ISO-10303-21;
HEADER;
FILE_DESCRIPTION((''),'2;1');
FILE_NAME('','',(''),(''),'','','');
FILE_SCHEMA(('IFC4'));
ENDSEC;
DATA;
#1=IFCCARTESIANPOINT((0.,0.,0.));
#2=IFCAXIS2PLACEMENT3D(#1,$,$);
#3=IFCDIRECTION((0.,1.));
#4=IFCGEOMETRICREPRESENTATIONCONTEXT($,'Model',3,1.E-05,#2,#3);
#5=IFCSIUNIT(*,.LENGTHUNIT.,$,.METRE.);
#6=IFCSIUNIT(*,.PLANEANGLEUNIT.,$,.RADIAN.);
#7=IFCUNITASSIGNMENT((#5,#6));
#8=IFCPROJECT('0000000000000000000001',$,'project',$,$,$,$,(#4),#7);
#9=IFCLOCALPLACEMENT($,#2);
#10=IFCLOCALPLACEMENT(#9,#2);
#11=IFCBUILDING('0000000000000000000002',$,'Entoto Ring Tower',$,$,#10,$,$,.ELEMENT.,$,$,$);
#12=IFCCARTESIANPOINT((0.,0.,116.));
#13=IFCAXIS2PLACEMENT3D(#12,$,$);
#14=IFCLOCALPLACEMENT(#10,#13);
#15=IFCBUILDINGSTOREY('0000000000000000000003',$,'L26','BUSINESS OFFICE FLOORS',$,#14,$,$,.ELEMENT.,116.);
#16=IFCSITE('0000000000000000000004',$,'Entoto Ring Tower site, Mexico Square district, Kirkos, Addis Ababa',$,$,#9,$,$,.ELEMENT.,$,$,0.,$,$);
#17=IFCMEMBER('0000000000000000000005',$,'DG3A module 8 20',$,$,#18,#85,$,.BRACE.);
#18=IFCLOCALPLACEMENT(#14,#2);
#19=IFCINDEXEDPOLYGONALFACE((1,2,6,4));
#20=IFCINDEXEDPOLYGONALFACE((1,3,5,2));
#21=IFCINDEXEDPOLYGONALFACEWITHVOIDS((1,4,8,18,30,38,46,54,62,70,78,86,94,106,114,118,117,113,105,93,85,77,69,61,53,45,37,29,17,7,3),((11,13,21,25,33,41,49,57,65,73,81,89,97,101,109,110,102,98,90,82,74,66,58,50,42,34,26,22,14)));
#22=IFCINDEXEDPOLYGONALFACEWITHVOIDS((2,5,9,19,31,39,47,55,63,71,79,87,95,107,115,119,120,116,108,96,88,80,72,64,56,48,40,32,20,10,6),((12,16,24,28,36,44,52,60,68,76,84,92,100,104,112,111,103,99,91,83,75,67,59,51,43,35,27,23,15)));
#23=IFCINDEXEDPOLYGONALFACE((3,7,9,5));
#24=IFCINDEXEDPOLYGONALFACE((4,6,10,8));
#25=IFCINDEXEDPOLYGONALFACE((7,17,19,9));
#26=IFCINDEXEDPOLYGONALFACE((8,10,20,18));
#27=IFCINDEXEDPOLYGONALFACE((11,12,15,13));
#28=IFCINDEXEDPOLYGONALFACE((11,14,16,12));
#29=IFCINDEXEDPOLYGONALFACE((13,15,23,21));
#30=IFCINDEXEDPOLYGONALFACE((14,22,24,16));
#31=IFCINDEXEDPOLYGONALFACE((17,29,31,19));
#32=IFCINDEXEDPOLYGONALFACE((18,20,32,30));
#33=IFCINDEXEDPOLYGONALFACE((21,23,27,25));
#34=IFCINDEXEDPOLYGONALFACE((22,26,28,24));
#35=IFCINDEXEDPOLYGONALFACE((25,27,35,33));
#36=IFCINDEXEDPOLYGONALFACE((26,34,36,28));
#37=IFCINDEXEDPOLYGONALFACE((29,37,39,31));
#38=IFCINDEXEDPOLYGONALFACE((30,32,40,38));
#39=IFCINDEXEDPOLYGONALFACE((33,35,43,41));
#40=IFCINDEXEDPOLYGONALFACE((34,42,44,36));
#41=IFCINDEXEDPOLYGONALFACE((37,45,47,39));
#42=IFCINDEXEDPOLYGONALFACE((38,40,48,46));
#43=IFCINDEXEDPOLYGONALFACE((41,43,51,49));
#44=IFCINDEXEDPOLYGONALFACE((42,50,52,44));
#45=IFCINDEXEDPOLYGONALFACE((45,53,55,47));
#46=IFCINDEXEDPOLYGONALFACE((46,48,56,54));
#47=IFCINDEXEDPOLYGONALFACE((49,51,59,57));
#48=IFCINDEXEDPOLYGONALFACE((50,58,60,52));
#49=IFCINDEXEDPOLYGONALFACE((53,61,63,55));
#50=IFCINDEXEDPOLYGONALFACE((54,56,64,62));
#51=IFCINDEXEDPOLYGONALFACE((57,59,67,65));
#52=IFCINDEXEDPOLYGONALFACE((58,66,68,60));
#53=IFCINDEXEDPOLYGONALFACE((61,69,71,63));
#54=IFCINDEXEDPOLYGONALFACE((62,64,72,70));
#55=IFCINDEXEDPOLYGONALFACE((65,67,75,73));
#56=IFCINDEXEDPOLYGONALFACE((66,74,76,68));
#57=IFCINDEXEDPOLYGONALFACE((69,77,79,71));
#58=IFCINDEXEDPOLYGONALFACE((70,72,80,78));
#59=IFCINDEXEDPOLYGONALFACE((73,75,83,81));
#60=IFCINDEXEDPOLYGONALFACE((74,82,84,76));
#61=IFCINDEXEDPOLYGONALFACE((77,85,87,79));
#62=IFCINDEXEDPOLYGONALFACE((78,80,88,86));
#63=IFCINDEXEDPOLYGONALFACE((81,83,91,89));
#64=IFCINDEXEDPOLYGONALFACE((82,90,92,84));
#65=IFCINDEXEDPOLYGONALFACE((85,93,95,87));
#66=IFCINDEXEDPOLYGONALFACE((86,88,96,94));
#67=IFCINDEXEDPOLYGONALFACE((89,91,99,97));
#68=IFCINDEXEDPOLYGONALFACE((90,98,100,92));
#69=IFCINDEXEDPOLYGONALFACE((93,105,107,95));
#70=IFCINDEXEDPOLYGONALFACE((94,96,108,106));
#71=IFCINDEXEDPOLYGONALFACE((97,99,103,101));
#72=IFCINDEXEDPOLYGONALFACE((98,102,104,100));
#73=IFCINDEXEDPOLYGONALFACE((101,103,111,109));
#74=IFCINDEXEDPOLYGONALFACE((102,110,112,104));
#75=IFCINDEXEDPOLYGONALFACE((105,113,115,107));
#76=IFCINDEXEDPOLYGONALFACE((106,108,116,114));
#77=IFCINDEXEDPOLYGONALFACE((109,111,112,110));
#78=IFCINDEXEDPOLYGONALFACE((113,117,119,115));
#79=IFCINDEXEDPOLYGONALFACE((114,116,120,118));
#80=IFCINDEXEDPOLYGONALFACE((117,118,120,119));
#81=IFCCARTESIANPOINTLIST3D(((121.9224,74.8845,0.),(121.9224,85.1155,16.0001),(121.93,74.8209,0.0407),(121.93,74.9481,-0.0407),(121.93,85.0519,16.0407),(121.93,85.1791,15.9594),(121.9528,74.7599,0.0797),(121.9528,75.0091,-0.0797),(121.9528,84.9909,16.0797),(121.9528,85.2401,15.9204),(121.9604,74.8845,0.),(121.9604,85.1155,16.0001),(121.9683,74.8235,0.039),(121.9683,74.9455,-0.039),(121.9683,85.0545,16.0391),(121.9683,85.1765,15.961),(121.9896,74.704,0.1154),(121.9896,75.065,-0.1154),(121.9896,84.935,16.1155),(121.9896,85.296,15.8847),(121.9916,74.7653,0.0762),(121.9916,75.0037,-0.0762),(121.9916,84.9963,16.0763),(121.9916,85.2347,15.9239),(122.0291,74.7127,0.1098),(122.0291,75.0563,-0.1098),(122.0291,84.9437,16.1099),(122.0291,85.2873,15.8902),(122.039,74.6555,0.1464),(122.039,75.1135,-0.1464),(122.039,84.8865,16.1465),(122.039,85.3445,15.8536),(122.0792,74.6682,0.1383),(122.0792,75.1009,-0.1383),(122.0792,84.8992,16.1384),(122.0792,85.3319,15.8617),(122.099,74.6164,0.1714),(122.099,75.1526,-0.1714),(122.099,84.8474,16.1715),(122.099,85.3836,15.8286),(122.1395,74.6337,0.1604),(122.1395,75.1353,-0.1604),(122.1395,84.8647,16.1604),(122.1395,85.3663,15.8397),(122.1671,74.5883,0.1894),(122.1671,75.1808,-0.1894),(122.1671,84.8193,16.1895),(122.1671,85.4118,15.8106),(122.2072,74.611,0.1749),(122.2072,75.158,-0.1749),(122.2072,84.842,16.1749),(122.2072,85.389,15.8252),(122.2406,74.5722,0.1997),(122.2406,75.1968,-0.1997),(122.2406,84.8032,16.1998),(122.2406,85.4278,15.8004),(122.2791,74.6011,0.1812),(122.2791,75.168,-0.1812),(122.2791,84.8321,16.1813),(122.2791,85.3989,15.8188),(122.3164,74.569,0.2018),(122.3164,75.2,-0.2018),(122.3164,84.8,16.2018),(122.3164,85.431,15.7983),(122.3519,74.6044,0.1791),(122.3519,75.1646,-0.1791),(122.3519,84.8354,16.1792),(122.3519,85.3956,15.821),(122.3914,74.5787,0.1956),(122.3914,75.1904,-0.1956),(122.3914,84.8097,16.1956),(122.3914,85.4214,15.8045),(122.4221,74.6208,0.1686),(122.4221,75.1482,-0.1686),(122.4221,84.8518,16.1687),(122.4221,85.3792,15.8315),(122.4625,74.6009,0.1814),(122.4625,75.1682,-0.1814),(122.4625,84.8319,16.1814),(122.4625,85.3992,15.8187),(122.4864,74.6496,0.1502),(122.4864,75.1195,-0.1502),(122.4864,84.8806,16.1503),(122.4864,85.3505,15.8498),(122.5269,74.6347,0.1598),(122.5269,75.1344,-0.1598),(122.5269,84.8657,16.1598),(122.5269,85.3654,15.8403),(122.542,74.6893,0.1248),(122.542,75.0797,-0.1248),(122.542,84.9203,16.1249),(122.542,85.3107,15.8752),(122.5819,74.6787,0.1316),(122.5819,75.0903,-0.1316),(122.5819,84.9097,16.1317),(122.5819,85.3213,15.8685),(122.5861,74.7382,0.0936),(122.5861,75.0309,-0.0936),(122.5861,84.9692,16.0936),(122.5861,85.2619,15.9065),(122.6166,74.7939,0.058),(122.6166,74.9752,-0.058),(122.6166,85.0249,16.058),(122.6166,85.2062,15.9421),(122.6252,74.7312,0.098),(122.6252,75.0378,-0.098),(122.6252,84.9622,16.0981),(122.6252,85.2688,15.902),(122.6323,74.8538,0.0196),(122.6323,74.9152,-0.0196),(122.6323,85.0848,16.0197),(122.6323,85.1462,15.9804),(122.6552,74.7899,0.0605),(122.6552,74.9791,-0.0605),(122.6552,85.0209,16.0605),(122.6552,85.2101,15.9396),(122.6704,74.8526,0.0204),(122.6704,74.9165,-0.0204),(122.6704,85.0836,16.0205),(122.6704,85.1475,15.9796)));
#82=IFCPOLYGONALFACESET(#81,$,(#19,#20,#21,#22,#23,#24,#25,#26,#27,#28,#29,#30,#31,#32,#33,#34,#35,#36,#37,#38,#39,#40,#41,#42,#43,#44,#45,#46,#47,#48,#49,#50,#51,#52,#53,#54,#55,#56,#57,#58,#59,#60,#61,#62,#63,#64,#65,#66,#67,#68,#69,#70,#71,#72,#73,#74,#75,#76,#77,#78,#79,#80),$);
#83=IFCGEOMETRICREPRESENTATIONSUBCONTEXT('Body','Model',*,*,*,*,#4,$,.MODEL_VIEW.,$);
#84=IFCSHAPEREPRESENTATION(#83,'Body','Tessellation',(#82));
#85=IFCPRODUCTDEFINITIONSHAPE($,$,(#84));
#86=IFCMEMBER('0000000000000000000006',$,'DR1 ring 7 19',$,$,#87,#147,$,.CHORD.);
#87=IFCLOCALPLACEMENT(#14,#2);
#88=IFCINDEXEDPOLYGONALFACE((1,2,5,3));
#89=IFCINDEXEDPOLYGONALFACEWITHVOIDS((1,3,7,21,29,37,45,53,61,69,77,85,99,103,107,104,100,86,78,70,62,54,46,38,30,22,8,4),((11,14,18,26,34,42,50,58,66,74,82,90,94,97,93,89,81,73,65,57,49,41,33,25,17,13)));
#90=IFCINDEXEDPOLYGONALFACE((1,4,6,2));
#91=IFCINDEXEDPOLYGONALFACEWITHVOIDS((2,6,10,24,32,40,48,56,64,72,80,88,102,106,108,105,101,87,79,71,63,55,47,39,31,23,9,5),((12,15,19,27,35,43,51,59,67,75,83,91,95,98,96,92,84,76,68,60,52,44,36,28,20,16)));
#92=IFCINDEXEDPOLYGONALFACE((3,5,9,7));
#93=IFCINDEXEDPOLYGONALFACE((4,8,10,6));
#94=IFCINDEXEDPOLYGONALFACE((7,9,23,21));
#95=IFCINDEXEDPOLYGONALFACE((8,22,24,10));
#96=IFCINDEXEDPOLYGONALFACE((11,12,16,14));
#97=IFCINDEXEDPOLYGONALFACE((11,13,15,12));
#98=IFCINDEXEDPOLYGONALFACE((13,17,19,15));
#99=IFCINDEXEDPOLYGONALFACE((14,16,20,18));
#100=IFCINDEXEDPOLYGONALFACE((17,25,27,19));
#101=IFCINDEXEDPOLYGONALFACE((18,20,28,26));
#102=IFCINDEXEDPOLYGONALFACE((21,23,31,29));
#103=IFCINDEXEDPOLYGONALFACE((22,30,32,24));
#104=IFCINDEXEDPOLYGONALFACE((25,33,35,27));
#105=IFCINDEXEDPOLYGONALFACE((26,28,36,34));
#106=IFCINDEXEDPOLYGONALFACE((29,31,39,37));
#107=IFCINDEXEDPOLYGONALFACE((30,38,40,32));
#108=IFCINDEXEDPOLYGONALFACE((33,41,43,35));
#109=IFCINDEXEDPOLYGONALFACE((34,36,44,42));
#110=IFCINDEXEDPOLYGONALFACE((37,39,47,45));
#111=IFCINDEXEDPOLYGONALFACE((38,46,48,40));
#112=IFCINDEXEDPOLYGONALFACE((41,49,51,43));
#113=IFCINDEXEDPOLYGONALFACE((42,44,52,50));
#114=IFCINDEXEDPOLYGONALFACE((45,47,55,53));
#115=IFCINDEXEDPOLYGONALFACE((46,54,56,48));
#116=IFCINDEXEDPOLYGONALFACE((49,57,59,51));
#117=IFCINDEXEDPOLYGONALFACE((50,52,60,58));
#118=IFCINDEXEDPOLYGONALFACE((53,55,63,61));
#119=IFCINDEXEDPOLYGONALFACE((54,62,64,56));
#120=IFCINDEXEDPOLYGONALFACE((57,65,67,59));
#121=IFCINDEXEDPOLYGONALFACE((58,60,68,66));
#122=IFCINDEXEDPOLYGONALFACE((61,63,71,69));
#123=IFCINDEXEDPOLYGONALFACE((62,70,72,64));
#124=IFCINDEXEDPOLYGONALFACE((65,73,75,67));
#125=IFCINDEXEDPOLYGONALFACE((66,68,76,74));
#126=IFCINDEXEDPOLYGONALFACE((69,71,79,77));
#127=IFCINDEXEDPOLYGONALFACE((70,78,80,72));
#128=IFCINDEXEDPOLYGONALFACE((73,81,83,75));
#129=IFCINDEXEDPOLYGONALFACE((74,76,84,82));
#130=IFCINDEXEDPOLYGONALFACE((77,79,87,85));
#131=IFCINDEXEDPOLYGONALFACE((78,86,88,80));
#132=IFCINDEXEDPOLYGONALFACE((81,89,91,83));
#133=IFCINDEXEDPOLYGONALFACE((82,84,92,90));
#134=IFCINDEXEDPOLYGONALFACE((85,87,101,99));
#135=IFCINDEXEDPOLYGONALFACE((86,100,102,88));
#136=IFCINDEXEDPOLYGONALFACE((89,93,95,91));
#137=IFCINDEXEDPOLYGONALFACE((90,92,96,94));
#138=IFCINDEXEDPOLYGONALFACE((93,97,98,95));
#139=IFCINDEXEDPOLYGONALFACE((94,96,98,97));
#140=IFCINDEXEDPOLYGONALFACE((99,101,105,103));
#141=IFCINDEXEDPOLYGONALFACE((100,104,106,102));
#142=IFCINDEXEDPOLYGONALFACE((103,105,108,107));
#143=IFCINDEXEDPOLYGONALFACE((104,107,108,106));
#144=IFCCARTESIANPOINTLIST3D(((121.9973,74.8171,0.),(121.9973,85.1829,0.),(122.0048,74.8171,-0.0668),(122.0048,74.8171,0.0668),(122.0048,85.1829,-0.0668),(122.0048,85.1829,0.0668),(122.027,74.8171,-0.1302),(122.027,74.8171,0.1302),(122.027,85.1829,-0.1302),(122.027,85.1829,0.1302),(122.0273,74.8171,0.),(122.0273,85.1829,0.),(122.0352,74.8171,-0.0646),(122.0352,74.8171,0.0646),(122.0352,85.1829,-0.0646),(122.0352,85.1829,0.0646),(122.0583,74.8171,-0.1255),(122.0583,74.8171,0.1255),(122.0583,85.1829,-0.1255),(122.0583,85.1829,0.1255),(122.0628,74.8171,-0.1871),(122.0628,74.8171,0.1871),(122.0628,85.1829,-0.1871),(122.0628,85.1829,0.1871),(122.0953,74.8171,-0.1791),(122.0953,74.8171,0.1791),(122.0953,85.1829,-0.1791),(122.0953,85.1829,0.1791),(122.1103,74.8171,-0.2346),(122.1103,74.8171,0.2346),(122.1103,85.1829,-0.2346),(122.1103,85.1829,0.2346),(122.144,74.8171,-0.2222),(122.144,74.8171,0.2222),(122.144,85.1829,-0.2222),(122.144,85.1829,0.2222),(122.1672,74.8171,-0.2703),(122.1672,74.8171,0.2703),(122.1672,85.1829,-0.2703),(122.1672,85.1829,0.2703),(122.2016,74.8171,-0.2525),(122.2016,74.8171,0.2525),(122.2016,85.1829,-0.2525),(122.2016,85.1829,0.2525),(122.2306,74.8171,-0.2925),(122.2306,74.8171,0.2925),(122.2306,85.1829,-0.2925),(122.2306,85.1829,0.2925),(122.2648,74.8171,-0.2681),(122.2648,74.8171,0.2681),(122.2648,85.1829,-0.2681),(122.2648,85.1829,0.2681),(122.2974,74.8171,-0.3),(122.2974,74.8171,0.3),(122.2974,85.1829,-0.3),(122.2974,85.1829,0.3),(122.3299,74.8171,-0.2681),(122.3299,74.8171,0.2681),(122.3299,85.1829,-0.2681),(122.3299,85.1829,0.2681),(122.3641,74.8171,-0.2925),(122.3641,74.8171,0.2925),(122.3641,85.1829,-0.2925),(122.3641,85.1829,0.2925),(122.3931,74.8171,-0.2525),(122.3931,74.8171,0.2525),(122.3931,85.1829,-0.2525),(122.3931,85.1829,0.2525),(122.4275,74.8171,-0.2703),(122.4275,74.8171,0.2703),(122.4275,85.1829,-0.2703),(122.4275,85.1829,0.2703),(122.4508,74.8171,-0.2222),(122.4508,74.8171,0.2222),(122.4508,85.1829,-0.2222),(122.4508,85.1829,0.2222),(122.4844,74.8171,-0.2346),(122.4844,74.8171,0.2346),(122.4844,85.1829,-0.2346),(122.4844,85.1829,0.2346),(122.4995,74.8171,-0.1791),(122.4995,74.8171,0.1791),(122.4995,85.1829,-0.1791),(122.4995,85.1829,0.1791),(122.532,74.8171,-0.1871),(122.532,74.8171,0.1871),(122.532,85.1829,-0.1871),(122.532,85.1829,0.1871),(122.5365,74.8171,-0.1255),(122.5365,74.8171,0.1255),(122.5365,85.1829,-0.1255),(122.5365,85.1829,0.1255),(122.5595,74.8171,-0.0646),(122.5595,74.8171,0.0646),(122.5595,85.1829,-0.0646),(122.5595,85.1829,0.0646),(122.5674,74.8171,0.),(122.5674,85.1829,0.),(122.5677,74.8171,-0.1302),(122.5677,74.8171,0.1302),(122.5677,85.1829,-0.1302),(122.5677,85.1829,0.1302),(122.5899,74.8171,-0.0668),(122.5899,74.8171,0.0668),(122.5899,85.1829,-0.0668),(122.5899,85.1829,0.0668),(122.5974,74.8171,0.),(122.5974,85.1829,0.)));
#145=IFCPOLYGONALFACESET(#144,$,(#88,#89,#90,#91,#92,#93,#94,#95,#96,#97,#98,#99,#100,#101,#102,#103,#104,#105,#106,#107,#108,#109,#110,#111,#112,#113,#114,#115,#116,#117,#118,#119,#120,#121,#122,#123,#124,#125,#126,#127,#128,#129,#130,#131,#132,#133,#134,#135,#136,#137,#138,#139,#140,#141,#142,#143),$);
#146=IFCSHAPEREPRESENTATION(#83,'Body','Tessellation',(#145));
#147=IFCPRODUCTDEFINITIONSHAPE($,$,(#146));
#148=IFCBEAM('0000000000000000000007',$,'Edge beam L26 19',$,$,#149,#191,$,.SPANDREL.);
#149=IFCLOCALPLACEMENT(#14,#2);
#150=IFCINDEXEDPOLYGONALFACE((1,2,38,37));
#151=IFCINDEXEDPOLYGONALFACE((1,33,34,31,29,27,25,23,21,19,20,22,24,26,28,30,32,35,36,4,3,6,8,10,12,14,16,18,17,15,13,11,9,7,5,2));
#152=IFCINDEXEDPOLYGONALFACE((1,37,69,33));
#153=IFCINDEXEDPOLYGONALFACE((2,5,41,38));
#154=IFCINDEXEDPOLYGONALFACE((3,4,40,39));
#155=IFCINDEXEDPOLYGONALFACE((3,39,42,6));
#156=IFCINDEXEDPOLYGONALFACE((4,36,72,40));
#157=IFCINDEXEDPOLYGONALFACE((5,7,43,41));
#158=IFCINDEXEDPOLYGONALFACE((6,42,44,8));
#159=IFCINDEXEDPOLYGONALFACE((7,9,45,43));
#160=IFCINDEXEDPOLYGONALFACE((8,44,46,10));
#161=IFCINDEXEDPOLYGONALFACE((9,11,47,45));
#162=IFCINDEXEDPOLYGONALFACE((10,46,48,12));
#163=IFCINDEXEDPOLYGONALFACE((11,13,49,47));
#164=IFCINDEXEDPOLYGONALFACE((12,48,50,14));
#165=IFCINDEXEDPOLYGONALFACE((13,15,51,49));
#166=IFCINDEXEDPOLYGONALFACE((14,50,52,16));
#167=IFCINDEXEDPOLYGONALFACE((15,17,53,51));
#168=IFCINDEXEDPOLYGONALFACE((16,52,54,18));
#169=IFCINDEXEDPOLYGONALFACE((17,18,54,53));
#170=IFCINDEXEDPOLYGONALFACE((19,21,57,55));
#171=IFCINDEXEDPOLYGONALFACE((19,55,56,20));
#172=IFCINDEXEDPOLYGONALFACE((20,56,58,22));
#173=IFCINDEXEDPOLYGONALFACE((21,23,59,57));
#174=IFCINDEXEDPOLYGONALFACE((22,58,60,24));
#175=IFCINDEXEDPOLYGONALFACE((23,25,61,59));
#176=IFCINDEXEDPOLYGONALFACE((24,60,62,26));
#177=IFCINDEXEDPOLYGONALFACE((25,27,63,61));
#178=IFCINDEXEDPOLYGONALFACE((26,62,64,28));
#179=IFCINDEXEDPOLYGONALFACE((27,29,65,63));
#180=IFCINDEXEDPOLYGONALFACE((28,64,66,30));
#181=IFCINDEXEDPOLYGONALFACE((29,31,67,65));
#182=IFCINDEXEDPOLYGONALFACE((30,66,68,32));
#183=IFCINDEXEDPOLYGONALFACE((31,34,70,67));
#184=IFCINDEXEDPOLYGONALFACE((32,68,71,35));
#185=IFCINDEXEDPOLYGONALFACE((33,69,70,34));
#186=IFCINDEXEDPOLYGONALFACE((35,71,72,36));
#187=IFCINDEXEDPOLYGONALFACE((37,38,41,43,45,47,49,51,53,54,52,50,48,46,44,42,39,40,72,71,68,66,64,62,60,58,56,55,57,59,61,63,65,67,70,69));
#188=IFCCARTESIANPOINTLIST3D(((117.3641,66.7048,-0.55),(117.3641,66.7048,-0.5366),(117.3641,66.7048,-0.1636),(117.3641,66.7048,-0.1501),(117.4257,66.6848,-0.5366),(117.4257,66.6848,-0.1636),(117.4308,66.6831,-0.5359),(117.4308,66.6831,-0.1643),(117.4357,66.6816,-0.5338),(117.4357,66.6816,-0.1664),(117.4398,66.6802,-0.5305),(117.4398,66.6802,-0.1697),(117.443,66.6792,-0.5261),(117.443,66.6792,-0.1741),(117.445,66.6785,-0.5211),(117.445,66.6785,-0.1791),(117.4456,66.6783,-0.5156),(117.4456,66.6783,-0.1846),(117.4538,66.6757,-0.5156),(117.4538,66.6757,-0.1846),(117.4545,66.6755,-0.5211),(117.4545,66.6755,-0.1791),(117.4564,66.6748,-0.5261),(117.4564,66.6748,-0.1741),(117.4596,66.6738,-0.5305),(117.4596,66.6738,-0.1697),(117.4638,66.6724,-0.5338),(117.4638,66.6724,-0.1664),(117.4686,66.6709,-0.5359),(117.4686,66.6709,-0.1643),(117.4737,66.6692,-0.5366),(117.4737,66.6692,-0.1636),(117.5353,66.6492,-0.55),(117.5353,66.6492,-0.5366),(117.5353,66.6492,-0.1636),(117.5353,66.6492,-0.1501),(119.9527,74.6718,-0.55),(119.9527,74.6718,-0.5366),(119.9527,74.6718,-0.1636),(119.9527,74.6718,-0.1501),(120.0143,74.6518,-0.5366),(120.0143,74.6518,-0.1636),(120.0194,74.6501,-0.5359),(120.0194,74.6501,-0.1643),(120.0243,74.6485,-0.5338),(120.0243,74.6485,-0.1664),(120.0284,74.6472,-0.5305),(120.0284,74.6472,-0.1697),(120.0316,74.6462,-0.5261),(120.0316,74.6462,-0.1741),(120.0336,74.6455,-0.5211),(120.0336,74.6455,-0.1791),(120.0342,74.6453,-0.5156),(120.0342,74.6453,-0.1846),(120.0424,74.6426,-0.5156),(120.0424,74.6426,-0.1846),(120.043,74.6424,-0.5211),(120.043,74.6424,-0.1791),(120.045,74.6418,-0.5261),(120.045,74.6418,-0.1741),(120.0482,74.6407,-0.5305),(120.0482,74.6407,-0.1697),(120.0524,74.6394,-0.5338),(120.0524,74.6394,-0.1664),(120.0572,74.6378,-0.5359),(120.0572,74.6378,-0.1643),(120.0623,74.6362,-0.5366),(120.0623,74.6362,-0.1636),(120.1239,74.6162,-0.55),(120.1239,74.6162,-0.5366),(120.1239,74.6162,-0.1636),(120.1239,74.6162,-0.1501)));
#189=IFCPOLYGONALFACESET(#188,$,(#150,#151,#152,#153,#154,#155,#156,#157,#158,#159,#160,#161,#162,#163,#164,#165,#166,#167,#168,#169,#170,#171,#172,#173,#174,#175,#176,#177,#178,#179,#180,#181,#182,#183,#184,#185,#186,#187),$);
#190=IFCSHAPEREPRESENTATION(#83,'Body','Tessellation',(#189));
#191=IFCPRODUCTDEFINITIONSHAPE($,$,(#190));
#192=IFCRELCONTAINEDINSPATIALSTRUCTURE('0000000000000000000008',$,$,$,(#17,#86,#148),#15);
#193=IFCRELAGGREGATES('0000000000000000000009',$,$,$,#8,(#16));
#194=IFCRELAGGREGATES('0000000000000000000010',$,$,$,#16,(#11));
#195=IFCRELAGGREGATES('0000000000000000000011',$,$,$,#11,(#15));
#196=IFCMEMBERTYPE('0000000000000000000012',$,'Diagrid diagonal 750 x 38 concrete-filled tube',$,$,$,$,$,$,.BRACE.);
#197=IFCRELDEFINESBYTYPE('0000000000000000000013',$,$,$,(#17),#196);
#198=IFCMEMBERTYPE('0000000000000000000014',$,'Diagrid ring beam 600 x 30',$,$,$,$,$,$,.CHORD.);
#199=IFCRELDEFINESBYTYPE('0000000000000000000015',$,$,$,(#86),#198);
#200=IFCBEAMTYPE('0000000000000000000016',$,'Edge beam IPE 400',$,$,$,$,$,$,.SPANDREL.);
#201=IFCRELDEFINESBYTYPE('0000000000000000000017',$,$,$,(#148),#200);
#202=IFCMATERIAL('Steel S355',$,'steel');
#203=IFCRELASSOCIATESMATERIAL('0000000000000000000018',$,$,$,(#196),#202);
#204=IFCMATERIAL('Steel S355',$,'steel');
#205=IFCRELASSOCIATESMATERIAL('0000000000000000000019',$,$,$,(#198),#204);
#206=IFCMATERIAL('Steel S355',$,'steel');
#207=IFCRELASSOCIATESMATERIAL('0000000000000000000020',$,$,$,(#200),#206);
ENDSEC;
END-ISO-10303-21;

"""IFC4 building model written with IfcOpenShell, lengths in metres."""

from ifc_helpers import new_model, si_unit, direction, frame, origin, origin_2d, place, context, subcontext, project, spatial, circle, hollow_circle, i_section, extrude, material, material_profile, profile_set, type_object, element, save


model = new_model("IFC4")

# Units and contexts
model_context = context("Model", 3, precision=1e-05, world=origin(), true_north=direction((0.0, 1.0)))
body_context = subcontext(model_context, "Body", "Model", "MODEL_VIEW")
ifc_project = project(units=[si_unit("LENGTHUNIT", "METRE"), si_unit("PLANEANGLEUNIT", "RADIAN")], contexts=[model_context])

# Site, building, storey
site_placement = place(None, origin())
site = spatial("IfcSite", under=ifc_project, at=site_placement, Name="Entoto Ring Tower site, Mexico Square district, Kirkos, Addis Ababa", CompositionType="ELEMENT", RefElevation=0.0)
building_placement = place(site_placement, origin())
building = spatial("IfcBuilding", under=site, at=building_placement, Name="Entoto Ring Tower", CompositionType="ELEMENT")
storey_placement = place(building_placement, frame((0.0, 0.0, 116.0)))
storey = spatial("IfcBuildingStorey", under=building, at=storey_placement, Name="L26", Description="BUSINESS OFFICE FLOORS", CompositionType="ELEMENT", Elevation=116.0)

# Members
ifc_material_1 = material(Name="Steel S355", Category="steel")
ifc_material_profile_1 = material_profile(ifc_material_1, hollow_circle(Radius=0.375, WallThickness=0.0381, at=origin_2d()), Name="CHS 750 x 38")
ifc_material_2 = material(Name="Concrete C60/75", Category="concrete")
ifc_material_profile_2 = material_profile(ifc_material_2, circle(Radius=0.3369, at=origin_2d()), Name="Concrete C60/75 infill")
ifc_profile_set_1 = profile_set([ifc_material_profile_1, ifc_material_profile_2], Name="Steel S355")
member_type_1 = type_object("IfcMemberType", Name="Diagrid diagonal 750 x 38 concrete-filled tube", PredefinedType="BRACE", material=ifc_profile_set_1)
member_1_placement = place(storey_placement, frame((122.2974, 74.8845, 0.0), z_axis=(0.0, 0.538716, 0.842488), x_axis=(-1.0, 0.0, 0.0)))
element("IfcMember", 1, at=member_1_placement, inside=storey, type_object=member_type_1, Name="DG3A module 8 20", PredefinedType="BRACE", context=body_context, shape_type="SweptSolid", body=[
    extrude(hollow_circle(Radius=0.375, WallThickness=0.0381, at=origin_2d()), origin(), (0.0, 0.0, 1.0), 18.9915),
])
ifc_material_3 = material(Name="Steel S355", Category="steel")
ifc_material_profile_3 = material_profile(ifc_material_3, hollow_circle(Radius=0.3, WallThickness=0.03, at=origin_2d()), Name="CHS 600 x 30")
ifc_material_4 = material(Name="Concrete C60/75", Category="concrete")
ifc_material_profile_4 = material_profile(ifc_material_4, circle(Radius=0.27, at=origin_2d()), Name="Concrete C60/75 infill")
ifc_profile_set_2 = profile_set([ifc_material_profile_3, ifc_material_profile_4], Name="Steel S355")
member_type_2 = type_object("IfcMemberType", Name="Diagrid ring beam 600 x 30", PredefinedType="CHORD", material=ifc_profile_set_2)
member_2_placement = place(storey_placement, frame((122.2974, 74.8171, 0.0), z_axis=(0.0, 1.0, 0.0), x_axis=(-1.0, 0.0, 0.0)))
element("IfcMember", 2, at=member_2_placement, inside=storey, type_object=member_type_2, Name="DR1 ring 7 19", PredefinedType="CHORD", context=body_context, shape_type="SweptSolid", body=[
    extrude(hollow_circle(Radius=0.3, WallThickness=0.03, at=origin_2d()), origin(), (0.0, 0.0, 1.0), 10.3657),
])

# Beam
ifc_material_5 = material(Name="Steel S355", Category="steel")
ifc_material_profile_5 = material_profile(ifc_material_5, i_section(OverallWidth=0.1799, OverallDepth=0.3999, WebThickness=0.0085, FlangeThickness=0.0134, FilletRadius=0.021, at=origin_2d()), Name="IPE 400")
ifc_profile_set_3 = profile_set([ifc_material_profile_5], Name="Steel S355")
beam_type_1 = type_object("IfcBeamType", Name="Edge beam IPE 400", PredefinedType="SPANDREL", material=ifc_profile_set_3)
for number, where, z_axis, x_axis, name in (
    (3, (117.4497, 66.677, -0.3501), (0.309014, 0.951057, 0.0), (-0.951057, 0.309014, 0.0), "Edge beam L26 19"),
):
    element("IfcBeam", number, at=place(storey_placement, frame(where, z_axis=z_axis, x_axis=x_axis)), inside=storey, type_object=beam_type_1, Name=name, PredefinedType="SPANDREL", context=body_context, shape_type="SweptSolid", body=[
        extrude(i_section(OverallWidth=0.1799, OverallDepth=0.3999, WebThickness=0.0085, FlangeThickness=0.0134, FilletRadius=0.021, at=origin_2d()), origin(), (0.0, 0.0, 1.0), 8.377),
    ])

save(model, "model.ifc")
